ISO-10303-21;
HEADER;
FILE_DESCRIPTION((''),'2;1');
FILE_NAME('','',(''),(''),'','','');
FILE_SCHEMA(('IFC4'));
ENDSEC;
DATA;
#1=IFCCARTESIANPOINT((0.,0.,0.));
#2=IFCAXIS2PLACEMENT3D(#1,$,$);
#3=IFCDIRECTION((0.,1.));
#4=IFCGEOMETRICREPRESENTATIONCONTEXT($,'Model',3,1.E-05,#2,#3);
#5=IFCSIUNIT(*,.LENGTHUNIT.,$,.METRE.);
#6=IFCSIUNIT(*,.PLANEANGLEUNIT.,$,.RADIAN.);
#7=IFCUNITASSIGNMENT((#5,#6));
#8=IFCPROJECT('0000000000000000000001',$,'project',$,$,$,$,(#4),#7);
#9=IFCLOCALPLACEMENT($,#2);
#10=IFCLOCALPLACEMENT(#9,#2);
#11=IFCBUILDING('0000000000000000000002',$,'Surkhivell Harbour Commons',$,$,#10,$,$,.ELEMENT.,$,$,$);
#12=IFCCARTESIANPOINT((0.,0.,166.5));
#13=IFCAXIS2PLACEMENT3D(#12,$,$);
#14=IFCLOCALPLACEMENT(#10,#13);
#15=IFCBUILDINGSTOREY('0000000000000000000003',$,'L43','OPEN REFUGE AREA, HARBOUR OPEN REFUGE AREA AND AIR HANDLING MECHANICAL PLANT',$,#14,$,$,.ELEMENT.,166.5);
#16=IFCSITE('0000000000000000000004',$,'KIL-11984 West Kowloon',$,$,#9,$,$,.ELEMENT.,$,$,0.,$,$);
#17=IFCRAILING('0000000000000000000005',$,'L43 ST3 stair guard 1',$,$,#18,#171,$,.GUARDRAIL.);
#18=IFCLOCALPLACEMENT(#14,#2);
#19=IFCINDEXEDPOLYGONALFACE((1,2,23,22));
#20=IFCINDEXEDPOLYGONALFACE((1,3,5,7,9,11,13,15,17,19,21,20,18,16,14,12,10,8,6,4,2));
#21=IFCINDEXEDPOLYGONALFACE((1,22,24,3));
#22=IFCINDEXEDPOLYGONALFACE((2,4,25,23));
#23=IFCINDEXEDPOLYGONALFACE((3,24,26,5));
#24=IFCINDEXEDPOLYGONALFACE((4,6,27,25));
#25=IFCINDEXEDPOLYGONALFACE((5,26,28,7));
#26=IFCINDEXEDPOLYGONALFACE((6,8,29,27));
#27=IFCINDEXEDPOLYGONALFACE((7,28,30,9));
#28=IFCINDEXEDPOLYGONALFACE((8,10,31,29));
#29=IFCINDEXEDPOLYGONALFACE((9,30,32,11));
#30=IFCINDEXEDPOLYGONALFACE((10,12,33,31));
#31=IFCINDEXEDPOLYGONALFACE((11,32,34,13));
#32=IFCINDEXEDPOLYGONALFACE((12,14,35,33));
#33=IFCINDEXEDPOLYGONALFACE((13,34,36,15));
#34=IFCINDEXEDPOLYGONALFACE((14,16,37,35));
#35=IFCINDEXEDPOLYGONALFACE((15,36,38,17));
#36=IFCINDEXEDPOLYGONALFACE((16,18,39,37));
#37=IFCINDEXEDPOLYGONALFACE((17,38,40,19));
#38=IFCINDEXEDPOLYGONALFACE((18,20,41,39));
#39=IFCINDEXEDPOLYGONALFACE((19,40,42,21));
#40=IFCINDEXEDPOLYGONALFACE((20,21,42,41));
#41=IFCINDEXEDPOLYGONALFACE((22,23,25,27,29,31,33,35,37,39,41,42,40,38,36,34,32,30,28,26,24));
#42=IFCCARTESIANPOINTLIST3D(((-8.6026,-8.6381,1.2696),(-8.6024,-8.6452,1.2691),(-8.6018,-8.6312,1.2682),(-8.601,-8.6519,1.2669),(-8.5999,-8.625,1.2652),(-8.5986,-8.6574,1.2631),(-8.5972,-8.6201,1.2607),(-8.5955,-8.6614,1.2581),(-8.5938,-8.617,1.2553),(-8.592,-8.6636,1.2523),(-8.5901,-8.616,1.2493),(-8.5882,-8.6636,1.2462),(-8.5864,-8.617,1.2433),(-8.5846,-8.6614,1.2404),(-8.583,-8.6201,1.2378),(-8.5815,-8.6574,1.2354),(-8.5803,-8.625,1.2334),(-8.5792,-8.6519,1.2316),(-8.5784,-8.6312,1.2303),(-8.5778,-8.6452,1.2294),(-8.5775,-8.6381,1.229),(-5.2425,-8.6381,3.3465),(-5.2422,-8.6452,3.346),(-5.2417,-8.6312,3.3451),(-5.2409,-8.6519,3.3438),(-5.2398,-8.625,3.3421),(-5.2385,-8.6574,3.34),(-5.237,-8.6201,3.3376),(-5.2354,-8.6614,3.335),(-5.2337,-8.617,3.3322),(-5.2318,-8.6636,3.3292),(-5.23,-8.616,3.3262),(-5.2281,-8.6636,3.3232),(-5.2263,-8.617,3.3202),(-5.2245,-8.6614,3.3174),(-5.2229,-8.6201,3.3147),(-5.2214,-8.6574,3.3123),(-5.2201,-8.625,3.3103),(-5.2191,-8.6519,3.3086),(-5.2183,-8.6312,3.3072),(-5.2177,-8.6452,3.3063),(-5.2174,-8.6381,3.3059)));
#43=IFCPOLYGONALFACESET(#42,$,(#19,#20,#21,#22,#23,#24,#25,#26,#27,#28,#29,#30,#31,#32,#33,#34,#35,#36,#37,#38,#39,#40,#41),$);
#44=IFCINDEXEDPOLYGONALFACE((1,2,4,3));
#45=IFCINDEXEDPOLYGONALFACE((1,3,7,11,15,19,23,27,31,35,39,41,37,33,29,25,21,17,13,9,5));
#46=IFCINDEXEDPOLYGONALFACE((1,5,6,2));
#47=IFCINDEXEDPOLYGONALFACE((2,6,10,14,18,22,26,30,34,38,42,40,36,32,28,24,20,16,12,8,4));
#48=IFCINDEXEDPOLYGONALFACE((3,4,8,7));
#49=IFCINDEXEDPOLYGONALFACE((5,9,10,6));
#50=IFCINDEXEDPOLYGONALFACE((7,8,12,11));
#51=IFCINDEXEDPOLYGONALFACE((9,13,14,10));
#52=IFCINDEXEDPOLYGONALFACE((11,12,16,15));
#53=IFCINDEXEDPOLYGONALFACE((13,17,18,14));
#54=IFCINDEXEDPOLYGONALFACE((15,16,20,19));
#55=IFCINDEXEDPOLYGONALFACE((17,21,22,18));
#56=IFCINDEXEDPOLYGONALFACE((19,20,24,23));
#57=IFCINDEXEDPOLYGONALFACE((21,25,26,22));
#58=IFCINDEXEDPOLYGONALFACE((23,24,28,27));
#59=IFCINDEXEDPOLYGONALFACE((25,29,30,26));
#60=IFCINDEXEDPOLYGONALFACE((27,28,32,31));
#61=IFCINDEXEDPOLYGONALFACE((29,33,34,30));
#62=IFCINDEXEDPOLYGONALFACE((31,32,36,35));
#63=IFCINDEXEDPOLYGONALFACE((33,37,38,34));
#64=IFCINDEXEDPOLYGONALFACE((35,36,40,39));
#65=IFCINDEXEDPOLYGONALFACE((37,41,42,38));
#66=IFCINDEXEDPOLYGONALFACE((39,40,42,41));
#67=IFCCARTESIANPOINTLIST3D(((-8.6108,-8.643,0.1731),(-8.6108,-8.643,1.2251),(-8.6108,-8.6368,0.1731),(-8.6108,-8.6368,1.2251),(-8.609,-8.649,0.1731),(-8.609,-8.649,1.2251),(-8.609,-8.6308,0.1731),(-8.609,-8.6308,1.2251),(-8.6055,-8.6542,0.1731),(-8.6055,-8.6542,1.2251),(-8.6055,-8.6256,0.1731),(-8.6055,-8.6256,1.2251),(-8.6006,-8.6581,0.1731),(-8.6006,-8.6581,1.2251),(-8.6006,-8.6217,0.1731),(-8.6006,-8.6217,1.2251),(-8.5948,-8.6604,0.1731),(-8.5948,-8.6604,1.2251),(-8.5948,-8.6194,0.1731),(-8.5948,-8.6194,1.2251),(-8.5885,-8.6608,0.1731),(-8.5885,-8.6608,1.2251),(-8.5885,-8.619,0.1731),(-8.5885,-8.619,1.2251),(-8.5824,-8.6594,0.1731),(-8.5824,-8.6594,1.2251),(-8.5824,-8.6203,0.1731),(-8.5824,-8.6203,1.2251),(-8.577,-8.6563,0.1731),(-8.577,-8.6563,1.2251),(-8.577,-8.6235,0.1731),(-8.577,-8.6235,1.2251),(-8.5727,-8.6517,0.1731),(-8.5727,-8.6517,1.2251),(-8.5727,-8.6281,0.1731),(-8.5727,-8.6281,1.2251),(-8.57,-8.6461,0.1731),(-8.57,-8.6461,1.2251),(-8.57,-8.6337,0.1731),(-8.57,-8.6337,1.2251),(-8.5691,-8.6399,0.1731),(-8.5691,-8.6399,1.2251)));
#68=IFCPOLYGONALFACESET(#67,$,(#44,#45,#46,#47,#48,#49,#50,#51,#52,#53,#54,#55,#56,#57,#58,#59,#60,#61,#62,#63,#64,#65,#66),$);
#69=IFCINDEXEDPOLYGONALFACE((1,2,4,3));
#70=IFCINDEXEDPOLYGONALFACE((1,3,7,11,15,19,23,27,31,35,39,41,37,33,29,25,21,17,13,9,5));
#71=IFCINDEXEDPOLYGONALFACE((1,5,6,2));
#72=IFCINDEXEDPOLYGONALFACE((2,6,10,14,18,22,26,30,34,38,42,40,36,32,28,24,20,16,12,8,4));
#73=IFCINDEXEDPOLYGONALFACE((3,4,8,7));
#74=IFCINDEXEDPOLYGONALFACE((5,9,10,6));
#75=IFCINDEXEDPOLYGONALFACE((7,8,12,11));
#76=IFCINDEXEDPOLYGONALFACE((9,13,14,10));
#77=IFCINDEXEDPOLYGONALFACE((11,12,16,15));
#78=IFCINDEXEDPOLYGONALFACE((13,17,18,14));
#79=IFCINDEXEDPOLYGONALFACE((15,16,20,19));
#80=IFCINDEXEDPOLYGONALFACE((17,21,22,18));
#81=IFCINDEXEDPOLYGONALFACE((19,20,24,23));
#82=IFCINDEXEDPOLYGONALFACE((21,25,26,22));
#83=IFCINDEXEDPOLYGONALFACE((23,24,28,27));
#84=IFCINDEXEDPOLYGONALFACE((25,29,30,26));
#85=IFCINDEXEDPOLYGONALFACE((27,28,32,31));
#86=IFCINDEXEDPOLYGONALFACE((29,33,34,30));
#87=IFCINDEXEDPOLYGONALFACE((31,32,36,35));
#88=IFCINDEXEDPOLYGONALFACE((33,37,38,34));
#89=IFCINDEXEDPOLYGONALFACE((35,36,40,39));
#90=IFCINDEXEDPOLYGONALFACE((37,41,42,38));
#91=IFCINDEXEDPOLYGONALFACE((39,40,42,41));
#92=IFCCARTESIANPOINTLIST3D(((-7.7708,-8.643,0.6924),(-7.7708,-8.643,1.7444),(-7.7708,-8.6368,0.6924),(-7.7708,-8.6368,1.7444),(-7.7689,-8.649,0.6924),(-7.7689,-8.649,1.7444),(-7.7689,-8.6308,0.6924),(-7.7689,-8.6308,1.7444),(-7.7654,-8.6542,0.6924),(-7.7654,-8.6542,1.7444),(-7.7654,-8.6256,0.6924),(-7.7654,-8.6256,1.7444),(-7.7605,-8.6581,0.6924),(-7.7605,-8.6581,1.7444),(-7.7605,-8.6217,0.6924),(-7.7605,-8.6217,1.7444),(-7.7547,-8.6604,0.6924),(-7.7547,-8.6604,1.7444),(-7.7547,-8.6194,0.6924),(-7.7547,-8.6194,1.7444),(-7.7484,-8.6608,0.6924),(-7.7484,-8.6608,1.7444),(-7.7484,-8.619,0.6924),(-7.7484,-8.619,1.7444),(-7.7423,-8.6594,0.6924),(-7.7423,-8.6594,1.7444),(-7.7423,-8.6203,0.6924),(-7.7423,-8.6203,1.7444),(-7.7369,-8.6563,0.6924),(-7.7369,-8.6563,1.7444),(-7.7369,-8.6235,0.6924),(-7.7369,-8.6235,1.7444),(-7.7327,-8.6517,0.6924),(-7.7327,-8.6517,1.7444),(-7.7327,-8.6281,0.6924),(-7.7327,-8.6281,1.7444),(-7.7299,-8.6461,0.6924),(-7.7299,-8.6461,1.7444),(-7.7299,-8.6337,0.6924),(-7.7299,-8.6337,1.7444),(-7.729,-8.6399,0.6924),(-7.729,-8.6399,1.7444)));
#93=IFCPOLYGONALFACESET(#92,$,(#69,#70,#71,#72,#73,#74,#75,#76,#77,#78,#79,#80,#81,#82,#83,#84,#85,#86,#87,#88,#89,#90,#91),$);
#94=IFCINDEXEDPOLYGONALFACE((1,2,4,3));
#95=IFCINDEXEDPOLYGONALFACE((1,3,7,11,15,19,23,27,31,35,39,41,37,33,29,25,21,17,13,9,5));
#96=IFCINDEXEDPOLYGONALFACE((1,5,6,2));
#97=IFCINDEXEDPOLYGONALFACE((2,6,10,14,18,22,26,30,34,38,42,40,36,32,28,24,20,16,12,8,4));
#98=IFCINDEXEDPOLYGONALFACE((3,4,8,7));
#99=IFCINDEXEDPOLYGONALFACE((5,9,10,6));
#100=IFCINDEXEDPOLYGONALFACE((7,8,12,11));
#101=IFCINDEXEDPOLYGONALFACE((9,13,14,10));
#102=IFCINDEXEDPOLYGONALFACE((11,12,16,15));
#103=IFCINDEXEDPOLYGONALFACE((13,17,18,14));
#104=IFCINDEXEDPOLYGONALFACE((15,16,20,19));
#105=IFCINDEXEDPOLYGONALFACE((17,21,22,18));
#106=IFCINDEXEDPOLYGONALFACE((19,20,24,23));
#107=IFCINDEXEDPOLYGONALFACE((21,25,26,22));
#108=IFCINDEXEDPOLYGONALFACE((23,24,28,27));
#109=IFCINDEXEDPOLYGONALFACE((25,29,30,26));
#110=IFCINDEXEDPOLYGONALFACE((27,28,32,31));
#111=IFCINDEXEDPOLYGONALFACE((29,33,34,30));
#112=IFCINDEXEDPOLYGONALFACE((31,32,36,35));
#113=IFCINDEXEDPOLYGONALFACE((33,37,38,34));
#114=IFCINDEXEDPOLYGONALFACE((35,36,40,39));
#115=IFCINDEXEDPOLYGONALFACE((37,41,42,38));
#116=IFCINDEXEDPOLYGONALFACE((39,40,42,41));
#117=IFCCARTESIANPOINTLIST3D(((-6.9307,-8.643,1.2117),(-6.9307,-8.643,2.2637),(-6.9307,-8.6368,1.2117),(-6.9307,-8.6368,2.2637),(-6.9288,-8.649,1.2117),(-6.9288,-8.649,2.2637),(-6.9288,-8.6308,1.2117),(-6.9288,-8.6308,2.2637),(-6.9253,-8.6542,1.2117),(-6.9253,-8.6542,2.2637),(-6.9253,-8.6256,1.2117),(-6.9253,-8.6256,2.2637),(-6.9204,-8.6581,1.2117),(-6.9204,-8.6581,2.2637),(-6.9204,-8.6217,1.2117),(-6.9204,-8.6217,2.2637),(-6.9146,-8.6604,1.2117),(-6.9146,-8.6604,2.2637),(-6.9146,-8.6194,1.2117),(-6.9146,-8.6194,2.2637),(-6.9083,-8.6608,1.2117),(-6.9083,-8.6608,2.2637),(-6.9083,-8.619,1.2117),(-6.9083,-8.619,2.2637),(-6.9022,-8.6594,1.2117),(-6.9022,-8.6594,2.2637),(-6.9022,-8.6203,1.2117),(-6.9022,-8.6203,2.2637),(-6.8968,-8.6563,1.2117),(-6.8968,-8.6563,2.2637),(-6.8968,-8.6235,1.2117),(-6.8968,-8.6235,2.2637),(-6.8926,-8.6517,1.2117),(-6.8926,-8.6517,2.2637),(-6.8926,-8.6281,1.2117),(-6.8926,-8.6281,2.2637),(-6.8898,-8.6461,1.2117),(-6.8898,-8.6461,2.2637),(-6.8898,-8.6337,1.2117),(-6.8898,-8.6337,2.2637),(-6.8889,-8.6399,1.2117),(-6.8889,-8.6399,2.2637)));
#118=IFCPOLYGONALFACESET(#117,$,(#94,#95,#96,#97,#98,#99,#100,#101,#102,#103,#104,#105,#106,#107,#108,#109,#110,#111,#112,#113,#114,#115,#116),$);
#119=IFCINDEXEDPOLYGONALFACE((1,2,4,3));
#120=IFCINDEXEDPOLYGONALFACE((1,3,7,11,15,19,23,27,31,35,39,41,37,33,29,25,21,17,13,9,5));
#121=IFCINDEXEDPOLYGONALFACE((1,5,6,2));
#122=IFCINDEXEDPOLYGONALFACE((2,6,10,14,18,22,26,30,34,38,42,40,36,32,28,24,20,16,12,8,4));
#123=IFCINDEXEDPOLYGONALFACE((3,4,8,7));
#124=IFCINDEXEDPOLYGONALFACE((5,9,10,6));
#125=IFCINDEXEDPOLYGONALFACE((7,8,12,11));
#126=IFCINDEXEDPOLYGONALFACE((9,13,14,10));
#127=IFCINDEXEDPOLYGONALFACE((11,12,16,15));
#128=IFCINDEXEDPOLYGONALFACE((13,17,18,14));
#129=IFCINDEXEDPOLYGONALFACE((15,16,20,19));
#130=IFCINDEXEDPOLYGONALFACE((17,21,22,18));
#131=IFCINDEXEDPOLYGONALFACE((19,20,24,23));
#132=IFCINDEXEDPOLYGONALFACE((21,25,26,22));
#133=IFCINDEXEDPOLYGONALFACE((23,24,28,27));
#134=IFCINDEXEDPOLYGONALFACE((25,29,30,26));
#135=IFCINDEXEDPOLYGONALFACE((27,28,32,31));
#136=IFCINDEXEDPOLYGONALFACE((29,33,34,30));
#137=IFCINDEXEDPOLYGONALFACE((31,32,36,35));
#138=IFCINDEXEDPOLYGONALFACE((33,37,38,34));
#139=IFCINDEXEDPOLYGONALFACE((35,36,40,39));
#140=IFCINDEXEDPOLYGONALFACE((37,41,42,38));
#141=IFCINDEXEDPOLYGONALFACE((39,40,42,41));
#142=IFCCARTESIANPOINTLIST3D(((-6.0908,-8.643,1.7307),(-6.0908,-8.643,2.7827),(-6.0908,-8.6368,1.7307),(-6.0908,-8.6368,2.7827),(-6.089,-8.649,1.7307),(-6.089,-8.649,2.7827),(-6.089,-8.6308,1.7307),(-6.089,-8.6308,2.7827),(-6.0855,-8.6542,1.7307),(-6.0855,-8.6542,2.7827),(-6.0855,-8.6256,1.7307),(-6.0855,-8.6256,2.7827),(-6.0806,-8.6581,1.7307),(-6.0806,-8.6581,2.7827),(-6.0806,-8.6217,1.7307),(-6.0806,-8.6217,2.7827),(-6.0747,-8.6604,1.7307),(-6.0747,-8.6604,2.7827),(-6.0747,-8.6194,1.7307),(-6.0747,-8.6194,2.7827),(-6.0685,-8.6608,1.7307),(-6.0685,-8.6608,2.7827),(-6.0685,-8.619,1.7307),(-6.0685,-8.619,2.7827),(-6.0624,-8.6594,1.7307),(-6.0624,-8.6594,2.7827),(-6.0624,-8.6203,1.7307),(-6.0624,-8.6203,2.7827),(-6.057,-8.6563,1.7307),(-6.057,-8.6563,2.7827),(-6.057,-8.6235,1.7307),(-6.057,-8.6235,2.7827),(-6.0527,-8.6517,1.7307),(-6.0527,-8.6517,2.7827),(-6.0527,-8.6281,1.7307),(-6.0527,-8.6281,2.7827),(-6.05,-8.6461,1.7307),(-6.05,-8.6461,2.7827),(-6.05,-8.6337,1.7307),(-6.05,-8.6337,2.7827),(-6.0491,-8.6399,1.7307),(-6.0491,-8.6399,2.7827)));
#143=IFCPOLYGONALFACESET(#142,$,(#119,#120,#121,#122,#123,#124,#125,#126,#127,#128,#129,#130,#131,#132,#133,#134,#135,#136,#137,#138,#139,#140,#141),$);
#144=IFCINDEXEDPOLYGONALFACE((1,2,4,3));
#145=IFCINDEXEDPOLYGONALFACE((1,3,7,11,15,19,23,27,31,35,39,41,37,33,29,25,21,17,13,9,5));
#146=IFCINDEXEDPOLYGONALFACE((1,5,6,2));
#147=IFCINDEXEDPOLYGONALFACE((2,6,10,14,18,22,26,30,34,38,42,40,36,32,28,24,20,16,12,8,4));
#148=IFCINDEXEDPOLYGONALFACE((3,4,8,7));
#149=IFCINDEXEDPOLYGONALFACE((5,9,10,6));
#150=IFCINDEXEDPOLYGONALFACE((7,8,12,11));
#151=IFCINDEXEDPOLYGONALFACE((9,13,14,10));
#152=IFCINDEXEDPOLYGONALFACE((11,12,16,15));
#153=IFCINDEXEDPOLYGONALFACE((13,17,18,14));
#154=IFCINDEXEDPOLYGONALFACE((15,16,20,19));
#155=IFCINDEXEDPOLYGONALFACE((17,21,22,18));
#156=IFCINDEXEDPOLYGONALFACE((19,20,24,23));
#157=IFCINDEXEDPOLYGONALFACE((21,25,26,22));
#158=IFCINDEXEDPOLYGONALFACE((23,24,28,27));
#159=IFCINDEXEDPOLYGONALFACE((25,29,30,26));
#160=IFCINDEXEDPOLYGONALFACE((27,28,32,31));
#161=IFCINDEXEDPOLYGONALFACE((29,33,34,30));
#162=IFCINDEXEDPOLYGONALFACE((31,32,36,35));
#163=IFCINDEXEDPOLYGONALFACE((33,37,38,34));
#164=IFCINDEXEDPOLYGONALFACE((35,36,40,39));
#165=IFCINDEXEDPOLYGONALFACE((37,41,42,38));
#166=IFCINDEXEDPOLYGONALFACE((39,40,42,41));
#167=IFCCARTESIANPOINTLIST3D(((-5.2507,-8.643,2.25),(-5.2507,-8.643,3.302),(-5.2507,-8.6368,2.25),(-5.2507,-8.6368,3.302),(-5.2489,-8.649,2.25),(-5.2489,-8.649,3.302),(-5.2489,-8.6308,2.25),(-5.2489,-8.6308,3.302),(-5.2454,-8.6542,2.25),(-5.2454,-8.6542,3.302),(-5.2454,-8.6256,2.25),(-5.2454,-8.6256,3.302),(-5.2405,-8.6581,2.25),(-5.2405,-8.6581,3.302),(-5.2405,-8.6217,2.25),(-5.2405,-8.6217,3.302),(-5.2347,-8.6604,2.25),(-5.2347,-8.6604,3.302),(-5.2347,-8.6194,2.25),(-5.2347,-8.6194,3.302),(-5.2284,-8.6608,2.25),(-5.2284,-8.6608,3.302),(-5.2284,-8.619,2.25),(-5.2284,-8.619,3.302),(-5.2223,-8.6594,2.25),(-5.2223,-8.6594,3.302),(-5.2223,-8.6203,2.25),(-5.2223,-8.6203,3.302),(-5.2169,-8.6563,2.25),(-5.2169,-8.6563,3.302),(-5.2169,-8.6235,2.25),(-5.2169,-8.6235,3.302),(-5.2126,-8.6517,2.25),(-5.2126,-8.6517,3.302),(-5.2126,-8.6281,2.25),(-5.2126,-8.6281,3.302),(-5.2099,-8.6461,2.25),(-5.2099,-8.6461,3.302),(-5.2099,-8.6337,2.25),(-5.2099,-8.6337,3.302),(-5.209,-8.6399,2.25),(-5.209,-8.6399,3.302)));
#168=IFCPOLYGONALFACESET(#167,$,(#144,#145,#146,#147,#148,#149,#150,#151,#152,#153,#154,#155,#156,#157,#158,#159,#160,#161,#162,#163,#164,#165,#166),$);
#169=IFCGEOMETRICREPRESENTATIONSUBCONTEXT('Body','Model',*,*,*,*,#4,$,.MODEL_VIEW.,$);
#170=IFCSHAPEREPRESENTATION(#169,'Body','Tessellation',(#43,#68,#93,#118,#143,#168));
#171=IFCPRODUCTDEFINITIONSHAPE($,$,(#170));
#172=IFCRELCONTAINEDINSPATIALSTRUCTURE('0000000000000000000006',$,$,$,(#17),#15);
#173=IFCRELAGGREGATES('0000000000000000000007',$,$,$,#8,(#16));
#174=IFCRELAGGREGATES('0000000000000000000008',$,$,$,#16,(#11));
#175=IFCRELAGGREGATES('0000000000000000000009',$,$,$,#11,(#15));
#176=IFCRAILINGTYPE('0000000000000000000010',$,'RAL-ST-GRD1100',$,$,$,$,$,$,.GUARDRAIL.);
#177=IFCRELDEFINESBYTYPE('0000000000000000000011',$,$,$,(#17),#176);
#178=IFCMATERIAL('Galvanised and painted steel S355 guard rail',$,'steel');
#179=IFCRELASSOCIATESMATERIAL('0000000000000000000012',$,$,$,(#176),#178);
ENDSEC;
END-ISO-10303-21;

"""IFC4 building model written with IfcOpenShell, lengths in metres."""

from ifc_helpers import new_model, si_unit, direction, frame, origin, origin_2d, place, context, subcontext, project, spatial, circle, extrude, material, type_object, element, save


model = new_model("IFC4")

# Units and contexts
model_context = context("Model", 3, precision=1e-05, world=origin(), true_north=direction((0.0, 1.0)))
body_context = subcontext(model_context, "Body", "Model", "MODEL_VIEW")
ifc_project = project(units=[si_unit("LENGTHUNIT", "METRE"), si_unit("PLANEANGLEUNIT", "RADIAN")], contexts=[model_context])

# Site, building, storey
site_placement = place(None, origin())
site = spatial("IfcSite", under=ifc_project, at=site_placement, Name="KIL-11984 West Kowloon", CompositionType="ELEMENT", RefElevation=0.0)
building_placement = place(site_placement, origin())
building = spatial("IfcBuilding", under=site, at=building_placement, Name="Surkhivell Harbour Commons", CompositionType="ELEMENT")
storey_placement = place(building_placement, frame((0.0, 0.0, 166.5)))
storey = spatial("IfcBuildingStorey", under=building, at=storey_placement, Name="L43", Description="OPEN REFUGE AREA, HARBOUR OPEN REFUGE AREA AND AIR HANDLING MECHANICAL PLANT", CompositionType="ELEMENT", Elevation=166.5)

# Railing
ifc_material_1 = material(Name="Galvanised and painted steel S355 guard rail", Category="steel")
railing_type_1 = type_object("IfcRailingType", Name="RAL-ST-GRD1100", PredefinedType="GUARDRAIL", material=ifc_material_1)
railing_1_placement = place(storey_placement, frame((-8.5901, -8.6399, 0.1731)))
element("IfcRailing", 1, at=railing_1_placement, inside=storey, type_object=railing_type_1, Name="L43 ST3 stair guard 1", PredefinedType="GUARDRAIL", context=body_context, shape_type="SweptSolid", body=[
    extrude(circle(Radius=0.0239, at=origin_2d()), frame((0.0, 0.0, 1.0762), z_axis=(0.850623, 0.0, 0.525776), x_axis=(0.0, 1.0, 0.0)), (0.0, 0.0, 1.0), 3.9502),
    extrude(circle(Radius=0.021, at=origin_2d()), origin(), (0.0, 0.0, 1.0), 1.052),
    extrude(circle(Radius=0.021, at=origin_2d()), frame((0.8401, 0.0, 0.5193)), (0.0, 0.0, 1.0), 1.052),
    extrude(circle(Radius=0.021, at=origin_2d()), frame((1.6802, 0.0, 1.0386)), (0.0, 0.0, 1.0), 1.052),
    extrude(circle(Radius=0.021, at=origin_2d()), frame((2.52, 0.0, 1.5576)), (0.0, 0.0, 1.0), 1.052),
    extrude(circle(Radius=0.021, at=origin_2d()), frame((3.3601, 0.0, 2.0769)), (0.0, 0.0, 1.0), 1.052),
])

save(model, "model.ifc")
